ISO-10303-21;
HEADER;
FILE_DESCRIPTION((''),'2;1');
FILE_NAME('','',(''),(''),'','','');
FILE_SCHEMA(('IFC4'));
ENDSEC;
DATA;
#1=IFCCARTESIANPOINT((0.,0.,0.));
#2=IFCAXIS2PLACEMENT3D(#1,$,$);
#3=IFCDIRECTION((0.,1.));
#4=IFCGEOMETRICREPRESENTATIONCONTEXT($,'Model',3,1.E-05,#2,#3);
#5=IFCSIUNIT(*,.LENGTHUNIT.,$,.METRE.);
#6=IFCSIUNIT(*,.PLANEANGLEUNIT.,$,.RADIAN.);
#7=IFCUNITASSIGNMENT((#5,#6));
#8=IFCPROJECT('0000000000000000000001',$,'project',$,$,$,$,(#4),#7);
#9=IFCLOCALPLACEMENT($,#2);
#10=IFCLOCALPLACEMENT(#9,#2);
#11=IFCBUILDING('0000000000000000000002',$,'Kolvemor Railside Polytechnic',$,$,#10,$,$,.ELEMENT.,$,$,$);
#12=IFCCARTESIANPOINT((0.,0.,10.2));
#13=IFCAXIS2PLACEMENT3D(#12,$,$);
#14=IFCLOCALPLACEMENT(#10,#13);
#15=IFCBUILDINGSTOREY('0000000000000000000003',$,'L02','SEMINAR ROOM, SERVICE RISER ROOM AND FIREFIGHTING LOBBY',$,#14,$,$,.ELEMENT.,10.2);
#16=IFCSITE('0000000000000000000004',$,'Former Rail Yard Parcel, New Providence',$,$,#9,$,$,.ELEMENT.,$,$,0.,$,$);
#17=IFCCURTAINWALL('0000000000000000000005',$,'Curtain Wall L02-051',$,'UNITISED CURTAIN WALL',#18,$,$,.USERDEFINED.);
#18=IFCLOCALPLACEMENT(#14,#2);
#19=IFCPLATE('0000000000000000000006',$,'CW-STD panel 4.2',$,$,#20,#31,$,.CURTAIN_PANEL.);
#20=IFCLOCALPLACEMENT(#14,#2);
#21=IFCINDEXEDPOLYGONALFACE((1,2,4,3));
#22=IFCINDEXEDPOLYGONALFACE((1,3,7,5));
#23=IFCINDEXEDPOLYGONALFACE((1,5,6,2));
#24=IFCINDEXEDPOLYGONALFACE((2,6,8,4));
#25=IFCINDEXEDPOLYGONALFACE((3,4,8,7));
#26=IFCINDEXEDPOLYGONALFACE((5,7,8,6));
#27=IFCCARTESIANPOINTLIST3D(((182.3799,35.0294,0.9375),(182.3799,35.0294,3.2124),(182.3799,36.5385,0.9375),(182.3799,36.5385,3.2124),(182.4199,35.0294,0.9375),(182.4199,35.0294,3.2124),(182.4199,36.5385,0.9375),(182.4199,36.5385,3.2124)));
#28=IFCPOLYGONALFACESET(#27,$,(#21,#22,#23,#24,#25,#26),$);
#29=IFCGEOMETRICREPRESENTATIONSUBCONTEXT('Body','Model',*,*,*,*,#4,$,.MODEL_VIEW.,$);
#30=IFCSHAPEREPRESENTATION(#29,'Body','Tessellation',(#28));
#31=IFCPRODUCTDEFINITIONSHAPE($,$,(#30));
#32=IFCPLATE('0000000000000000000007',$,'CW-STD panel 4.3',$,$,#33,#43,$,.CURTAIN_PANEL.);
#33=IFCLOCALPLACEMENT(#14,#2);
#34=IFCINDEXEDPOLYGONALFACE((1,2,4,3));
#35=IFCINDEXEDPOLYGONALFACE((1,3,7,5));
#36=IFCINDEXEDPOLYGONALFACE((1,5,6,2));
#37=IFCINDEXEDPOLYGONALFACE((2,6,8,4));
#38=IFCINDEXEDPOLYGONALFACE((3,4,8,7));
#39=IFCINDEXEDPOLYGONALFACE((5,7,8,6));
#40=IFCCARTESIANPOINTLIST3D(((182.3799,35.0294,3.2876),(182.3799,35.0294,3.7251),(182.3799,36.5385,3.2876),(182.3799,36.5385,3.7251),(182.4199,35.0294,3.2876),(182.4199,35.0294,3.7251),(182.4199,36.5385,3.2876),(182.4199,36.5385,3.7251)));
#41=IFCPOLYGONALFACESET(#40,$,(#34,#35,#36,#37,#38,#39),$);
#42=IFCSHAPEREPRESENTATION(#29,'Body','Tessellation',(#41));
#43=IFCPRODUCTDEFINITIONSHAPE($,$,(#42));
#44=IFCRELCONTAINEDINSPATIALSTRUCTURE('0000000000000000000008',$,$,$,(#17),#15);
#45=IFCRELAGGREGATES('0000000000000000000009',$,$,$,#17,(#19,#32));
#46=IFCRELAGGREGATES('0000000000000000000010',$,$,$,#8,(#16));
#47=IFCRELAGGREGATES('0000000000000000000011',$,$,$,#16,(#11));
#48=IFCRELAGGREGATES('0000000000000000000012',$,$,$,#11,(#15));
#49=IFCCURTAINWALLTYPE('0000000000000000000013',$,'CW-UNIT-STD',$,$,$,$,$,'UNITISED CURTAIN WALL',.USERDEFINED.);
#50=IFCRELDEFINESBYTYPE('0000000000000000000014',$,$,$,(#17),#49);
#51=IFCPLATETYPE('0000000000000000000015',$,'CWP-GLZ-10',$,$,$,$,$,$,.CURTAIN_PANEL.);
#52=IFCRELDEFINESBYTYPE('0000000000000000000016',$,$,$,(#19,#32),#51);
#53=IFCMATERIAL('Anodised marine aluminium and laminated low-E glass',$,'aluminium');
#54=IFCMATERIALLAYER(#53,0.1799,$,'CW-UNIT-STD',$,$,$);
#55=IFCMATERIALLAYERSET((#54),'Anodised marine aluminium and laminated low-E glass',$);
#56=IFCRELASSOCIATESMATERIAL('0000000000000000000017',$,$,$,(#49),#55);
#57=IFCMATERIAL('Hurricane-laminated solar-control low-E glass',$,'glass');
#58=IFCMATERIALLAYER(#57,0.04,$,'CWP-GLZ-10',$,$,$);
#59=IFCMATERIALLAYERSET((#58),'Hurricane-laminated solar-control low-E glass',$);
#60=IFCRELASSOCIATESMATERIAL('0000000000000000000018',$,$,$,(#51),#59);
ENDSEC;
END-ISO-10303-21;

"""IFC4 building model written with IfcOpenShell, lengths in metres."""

from ifc_helpers import new_model, si_unit, direction, frame, origin, origin_2d, place, context, subcontext, project, spatial, rectangle, extrude, material, layer, layer_set, type_object, element, aggregate, save


model = new_model("IFC4")

# Units and contexts
model_context = context("Model", 3, precision=1e-05, world=origin(), true_north=direction((0.0, 1.0)))
body_context = subcontext(model_context, "Body", "Model", "MODEL_VIEW")
ifc_project = project(units=[si_unit("LENGTHUNIT", "METRE"), si_unit("PLANEANGLEUNIT", "RADIAN")], contexts=[model_context])

# Site, building, storey
site_placement = place(None, origin())
site = spatial("IfcSite", under=ifc_project, at=site_placement, Name="Former Rail Yard Parcel, New Providence", CompositionType="ELEMENT", RefElevation=0.0)
building_placement = place(site_placement, origin())
building = spatial("IfcBuilding", under=site, at=building_placement, Name="Kolvemor Railside Polytechnic", CompositionType="ELEMENT")
storey_placement = place(building_placement, frame((0.0, 0.0, 10.2)))
storey = spatial("IfcBuildingStorey", under=building, at=storey_placement, Name="L02", Description="SEMINAR ROOM, SERVICE RISER ROOM AND FIREFIGHTING LOBBY", CompositionType="ELEMENT", Elevation=10.2)

# Curtain wall, plates
ifc_material_1 = material(Name="Anodised marine aluminium and laminated low-E glass", Category="aluminium")
ifc_layer_1 = layer(ifc_material_1, 0.1799, Name="CW-UNIT-STD")
ifc_layer_set_1 = layer_set([ifc_layer_1], Name="Anodised marine aluminium and laminated low-E glass")
curtain_wall_type = type_object("IfcCurtainWallType", Name="CW-UNIT-STD", ElementType="UNITISED CURTAIN WALL", PredefinedType="USERDEFINED", material=ifc_layer_set_1)
curtain_wall_placement = place(storey_placement, origin())
curtain_wall = element("IfcCurtainWall", 1, at=curtain_wall_placement, inside=storey, type_object=curtain_wall_type, Name="Curtain Wall L02-051", ObjectType="UNITISED CURTAIN WALL", PredefinedType="USERDEFINED")
ifc_material_2 = material(Name="Hurricane-laminated solar-control low-E glass", Category="glass")
ifc_layer_2 = layer(ifc_material_2, 0.04, Name="CWP-GLZ-10")
ifc_layer_set_2 = layer_set([ifc_layer_2], Name="Hurricane-laminated solar-control low-E glass")
plate_type = type_object("IfcPlateType", Name="CWP-GLZ-10", PredefinedType="CURTAIN_PANEL", material=ifc_layer_set_2)
plate_1_placement = place(storey_placement, frame((182.3999, 35.7839, 0.9375), z_axis=(0.0, 0.0, 1.0), x_axis=(0.0, 1.0, 0.0)))
plate_1 = element("IfcPlate", 2, at=plate_1_placement, type_object=plate_type, Name="CW-STD panel 4.2", PredefinedType="CURTAIN_PANEL", context=body_context, shape_type="SweptSolid", body=[
    extrude(rectangle(XDim=1.509, YDim=0.04, at=origin_2d()), origin(), (0.0, 0.0, 1.0), 2.2749),
])
plate_2_placement = place(storey_placement, frame((182.3999, 35.7839, 3.2876), z_axis=(0.0, 0.0, 1.0), x_axis=(0.0, 1.0, 0.0)))
plate_2 = element("IfcPlate", 3, at=plate_2_placement, type_object=plate_type, Name="CW-STD panel 4.3", PredefinedType="CURTAIN_PANEL", context=body_context, shape_type="SweptSolid", body=[
    extrude(rectangle(XDim=1.509, YDim=0.04, at=origin_2d()), origin(), (0.0, 0.0, 1.0), 0.4375),
])
aggregate(curtain_wall, [plate_1, plate_2])

save(model, "model.ifc")
